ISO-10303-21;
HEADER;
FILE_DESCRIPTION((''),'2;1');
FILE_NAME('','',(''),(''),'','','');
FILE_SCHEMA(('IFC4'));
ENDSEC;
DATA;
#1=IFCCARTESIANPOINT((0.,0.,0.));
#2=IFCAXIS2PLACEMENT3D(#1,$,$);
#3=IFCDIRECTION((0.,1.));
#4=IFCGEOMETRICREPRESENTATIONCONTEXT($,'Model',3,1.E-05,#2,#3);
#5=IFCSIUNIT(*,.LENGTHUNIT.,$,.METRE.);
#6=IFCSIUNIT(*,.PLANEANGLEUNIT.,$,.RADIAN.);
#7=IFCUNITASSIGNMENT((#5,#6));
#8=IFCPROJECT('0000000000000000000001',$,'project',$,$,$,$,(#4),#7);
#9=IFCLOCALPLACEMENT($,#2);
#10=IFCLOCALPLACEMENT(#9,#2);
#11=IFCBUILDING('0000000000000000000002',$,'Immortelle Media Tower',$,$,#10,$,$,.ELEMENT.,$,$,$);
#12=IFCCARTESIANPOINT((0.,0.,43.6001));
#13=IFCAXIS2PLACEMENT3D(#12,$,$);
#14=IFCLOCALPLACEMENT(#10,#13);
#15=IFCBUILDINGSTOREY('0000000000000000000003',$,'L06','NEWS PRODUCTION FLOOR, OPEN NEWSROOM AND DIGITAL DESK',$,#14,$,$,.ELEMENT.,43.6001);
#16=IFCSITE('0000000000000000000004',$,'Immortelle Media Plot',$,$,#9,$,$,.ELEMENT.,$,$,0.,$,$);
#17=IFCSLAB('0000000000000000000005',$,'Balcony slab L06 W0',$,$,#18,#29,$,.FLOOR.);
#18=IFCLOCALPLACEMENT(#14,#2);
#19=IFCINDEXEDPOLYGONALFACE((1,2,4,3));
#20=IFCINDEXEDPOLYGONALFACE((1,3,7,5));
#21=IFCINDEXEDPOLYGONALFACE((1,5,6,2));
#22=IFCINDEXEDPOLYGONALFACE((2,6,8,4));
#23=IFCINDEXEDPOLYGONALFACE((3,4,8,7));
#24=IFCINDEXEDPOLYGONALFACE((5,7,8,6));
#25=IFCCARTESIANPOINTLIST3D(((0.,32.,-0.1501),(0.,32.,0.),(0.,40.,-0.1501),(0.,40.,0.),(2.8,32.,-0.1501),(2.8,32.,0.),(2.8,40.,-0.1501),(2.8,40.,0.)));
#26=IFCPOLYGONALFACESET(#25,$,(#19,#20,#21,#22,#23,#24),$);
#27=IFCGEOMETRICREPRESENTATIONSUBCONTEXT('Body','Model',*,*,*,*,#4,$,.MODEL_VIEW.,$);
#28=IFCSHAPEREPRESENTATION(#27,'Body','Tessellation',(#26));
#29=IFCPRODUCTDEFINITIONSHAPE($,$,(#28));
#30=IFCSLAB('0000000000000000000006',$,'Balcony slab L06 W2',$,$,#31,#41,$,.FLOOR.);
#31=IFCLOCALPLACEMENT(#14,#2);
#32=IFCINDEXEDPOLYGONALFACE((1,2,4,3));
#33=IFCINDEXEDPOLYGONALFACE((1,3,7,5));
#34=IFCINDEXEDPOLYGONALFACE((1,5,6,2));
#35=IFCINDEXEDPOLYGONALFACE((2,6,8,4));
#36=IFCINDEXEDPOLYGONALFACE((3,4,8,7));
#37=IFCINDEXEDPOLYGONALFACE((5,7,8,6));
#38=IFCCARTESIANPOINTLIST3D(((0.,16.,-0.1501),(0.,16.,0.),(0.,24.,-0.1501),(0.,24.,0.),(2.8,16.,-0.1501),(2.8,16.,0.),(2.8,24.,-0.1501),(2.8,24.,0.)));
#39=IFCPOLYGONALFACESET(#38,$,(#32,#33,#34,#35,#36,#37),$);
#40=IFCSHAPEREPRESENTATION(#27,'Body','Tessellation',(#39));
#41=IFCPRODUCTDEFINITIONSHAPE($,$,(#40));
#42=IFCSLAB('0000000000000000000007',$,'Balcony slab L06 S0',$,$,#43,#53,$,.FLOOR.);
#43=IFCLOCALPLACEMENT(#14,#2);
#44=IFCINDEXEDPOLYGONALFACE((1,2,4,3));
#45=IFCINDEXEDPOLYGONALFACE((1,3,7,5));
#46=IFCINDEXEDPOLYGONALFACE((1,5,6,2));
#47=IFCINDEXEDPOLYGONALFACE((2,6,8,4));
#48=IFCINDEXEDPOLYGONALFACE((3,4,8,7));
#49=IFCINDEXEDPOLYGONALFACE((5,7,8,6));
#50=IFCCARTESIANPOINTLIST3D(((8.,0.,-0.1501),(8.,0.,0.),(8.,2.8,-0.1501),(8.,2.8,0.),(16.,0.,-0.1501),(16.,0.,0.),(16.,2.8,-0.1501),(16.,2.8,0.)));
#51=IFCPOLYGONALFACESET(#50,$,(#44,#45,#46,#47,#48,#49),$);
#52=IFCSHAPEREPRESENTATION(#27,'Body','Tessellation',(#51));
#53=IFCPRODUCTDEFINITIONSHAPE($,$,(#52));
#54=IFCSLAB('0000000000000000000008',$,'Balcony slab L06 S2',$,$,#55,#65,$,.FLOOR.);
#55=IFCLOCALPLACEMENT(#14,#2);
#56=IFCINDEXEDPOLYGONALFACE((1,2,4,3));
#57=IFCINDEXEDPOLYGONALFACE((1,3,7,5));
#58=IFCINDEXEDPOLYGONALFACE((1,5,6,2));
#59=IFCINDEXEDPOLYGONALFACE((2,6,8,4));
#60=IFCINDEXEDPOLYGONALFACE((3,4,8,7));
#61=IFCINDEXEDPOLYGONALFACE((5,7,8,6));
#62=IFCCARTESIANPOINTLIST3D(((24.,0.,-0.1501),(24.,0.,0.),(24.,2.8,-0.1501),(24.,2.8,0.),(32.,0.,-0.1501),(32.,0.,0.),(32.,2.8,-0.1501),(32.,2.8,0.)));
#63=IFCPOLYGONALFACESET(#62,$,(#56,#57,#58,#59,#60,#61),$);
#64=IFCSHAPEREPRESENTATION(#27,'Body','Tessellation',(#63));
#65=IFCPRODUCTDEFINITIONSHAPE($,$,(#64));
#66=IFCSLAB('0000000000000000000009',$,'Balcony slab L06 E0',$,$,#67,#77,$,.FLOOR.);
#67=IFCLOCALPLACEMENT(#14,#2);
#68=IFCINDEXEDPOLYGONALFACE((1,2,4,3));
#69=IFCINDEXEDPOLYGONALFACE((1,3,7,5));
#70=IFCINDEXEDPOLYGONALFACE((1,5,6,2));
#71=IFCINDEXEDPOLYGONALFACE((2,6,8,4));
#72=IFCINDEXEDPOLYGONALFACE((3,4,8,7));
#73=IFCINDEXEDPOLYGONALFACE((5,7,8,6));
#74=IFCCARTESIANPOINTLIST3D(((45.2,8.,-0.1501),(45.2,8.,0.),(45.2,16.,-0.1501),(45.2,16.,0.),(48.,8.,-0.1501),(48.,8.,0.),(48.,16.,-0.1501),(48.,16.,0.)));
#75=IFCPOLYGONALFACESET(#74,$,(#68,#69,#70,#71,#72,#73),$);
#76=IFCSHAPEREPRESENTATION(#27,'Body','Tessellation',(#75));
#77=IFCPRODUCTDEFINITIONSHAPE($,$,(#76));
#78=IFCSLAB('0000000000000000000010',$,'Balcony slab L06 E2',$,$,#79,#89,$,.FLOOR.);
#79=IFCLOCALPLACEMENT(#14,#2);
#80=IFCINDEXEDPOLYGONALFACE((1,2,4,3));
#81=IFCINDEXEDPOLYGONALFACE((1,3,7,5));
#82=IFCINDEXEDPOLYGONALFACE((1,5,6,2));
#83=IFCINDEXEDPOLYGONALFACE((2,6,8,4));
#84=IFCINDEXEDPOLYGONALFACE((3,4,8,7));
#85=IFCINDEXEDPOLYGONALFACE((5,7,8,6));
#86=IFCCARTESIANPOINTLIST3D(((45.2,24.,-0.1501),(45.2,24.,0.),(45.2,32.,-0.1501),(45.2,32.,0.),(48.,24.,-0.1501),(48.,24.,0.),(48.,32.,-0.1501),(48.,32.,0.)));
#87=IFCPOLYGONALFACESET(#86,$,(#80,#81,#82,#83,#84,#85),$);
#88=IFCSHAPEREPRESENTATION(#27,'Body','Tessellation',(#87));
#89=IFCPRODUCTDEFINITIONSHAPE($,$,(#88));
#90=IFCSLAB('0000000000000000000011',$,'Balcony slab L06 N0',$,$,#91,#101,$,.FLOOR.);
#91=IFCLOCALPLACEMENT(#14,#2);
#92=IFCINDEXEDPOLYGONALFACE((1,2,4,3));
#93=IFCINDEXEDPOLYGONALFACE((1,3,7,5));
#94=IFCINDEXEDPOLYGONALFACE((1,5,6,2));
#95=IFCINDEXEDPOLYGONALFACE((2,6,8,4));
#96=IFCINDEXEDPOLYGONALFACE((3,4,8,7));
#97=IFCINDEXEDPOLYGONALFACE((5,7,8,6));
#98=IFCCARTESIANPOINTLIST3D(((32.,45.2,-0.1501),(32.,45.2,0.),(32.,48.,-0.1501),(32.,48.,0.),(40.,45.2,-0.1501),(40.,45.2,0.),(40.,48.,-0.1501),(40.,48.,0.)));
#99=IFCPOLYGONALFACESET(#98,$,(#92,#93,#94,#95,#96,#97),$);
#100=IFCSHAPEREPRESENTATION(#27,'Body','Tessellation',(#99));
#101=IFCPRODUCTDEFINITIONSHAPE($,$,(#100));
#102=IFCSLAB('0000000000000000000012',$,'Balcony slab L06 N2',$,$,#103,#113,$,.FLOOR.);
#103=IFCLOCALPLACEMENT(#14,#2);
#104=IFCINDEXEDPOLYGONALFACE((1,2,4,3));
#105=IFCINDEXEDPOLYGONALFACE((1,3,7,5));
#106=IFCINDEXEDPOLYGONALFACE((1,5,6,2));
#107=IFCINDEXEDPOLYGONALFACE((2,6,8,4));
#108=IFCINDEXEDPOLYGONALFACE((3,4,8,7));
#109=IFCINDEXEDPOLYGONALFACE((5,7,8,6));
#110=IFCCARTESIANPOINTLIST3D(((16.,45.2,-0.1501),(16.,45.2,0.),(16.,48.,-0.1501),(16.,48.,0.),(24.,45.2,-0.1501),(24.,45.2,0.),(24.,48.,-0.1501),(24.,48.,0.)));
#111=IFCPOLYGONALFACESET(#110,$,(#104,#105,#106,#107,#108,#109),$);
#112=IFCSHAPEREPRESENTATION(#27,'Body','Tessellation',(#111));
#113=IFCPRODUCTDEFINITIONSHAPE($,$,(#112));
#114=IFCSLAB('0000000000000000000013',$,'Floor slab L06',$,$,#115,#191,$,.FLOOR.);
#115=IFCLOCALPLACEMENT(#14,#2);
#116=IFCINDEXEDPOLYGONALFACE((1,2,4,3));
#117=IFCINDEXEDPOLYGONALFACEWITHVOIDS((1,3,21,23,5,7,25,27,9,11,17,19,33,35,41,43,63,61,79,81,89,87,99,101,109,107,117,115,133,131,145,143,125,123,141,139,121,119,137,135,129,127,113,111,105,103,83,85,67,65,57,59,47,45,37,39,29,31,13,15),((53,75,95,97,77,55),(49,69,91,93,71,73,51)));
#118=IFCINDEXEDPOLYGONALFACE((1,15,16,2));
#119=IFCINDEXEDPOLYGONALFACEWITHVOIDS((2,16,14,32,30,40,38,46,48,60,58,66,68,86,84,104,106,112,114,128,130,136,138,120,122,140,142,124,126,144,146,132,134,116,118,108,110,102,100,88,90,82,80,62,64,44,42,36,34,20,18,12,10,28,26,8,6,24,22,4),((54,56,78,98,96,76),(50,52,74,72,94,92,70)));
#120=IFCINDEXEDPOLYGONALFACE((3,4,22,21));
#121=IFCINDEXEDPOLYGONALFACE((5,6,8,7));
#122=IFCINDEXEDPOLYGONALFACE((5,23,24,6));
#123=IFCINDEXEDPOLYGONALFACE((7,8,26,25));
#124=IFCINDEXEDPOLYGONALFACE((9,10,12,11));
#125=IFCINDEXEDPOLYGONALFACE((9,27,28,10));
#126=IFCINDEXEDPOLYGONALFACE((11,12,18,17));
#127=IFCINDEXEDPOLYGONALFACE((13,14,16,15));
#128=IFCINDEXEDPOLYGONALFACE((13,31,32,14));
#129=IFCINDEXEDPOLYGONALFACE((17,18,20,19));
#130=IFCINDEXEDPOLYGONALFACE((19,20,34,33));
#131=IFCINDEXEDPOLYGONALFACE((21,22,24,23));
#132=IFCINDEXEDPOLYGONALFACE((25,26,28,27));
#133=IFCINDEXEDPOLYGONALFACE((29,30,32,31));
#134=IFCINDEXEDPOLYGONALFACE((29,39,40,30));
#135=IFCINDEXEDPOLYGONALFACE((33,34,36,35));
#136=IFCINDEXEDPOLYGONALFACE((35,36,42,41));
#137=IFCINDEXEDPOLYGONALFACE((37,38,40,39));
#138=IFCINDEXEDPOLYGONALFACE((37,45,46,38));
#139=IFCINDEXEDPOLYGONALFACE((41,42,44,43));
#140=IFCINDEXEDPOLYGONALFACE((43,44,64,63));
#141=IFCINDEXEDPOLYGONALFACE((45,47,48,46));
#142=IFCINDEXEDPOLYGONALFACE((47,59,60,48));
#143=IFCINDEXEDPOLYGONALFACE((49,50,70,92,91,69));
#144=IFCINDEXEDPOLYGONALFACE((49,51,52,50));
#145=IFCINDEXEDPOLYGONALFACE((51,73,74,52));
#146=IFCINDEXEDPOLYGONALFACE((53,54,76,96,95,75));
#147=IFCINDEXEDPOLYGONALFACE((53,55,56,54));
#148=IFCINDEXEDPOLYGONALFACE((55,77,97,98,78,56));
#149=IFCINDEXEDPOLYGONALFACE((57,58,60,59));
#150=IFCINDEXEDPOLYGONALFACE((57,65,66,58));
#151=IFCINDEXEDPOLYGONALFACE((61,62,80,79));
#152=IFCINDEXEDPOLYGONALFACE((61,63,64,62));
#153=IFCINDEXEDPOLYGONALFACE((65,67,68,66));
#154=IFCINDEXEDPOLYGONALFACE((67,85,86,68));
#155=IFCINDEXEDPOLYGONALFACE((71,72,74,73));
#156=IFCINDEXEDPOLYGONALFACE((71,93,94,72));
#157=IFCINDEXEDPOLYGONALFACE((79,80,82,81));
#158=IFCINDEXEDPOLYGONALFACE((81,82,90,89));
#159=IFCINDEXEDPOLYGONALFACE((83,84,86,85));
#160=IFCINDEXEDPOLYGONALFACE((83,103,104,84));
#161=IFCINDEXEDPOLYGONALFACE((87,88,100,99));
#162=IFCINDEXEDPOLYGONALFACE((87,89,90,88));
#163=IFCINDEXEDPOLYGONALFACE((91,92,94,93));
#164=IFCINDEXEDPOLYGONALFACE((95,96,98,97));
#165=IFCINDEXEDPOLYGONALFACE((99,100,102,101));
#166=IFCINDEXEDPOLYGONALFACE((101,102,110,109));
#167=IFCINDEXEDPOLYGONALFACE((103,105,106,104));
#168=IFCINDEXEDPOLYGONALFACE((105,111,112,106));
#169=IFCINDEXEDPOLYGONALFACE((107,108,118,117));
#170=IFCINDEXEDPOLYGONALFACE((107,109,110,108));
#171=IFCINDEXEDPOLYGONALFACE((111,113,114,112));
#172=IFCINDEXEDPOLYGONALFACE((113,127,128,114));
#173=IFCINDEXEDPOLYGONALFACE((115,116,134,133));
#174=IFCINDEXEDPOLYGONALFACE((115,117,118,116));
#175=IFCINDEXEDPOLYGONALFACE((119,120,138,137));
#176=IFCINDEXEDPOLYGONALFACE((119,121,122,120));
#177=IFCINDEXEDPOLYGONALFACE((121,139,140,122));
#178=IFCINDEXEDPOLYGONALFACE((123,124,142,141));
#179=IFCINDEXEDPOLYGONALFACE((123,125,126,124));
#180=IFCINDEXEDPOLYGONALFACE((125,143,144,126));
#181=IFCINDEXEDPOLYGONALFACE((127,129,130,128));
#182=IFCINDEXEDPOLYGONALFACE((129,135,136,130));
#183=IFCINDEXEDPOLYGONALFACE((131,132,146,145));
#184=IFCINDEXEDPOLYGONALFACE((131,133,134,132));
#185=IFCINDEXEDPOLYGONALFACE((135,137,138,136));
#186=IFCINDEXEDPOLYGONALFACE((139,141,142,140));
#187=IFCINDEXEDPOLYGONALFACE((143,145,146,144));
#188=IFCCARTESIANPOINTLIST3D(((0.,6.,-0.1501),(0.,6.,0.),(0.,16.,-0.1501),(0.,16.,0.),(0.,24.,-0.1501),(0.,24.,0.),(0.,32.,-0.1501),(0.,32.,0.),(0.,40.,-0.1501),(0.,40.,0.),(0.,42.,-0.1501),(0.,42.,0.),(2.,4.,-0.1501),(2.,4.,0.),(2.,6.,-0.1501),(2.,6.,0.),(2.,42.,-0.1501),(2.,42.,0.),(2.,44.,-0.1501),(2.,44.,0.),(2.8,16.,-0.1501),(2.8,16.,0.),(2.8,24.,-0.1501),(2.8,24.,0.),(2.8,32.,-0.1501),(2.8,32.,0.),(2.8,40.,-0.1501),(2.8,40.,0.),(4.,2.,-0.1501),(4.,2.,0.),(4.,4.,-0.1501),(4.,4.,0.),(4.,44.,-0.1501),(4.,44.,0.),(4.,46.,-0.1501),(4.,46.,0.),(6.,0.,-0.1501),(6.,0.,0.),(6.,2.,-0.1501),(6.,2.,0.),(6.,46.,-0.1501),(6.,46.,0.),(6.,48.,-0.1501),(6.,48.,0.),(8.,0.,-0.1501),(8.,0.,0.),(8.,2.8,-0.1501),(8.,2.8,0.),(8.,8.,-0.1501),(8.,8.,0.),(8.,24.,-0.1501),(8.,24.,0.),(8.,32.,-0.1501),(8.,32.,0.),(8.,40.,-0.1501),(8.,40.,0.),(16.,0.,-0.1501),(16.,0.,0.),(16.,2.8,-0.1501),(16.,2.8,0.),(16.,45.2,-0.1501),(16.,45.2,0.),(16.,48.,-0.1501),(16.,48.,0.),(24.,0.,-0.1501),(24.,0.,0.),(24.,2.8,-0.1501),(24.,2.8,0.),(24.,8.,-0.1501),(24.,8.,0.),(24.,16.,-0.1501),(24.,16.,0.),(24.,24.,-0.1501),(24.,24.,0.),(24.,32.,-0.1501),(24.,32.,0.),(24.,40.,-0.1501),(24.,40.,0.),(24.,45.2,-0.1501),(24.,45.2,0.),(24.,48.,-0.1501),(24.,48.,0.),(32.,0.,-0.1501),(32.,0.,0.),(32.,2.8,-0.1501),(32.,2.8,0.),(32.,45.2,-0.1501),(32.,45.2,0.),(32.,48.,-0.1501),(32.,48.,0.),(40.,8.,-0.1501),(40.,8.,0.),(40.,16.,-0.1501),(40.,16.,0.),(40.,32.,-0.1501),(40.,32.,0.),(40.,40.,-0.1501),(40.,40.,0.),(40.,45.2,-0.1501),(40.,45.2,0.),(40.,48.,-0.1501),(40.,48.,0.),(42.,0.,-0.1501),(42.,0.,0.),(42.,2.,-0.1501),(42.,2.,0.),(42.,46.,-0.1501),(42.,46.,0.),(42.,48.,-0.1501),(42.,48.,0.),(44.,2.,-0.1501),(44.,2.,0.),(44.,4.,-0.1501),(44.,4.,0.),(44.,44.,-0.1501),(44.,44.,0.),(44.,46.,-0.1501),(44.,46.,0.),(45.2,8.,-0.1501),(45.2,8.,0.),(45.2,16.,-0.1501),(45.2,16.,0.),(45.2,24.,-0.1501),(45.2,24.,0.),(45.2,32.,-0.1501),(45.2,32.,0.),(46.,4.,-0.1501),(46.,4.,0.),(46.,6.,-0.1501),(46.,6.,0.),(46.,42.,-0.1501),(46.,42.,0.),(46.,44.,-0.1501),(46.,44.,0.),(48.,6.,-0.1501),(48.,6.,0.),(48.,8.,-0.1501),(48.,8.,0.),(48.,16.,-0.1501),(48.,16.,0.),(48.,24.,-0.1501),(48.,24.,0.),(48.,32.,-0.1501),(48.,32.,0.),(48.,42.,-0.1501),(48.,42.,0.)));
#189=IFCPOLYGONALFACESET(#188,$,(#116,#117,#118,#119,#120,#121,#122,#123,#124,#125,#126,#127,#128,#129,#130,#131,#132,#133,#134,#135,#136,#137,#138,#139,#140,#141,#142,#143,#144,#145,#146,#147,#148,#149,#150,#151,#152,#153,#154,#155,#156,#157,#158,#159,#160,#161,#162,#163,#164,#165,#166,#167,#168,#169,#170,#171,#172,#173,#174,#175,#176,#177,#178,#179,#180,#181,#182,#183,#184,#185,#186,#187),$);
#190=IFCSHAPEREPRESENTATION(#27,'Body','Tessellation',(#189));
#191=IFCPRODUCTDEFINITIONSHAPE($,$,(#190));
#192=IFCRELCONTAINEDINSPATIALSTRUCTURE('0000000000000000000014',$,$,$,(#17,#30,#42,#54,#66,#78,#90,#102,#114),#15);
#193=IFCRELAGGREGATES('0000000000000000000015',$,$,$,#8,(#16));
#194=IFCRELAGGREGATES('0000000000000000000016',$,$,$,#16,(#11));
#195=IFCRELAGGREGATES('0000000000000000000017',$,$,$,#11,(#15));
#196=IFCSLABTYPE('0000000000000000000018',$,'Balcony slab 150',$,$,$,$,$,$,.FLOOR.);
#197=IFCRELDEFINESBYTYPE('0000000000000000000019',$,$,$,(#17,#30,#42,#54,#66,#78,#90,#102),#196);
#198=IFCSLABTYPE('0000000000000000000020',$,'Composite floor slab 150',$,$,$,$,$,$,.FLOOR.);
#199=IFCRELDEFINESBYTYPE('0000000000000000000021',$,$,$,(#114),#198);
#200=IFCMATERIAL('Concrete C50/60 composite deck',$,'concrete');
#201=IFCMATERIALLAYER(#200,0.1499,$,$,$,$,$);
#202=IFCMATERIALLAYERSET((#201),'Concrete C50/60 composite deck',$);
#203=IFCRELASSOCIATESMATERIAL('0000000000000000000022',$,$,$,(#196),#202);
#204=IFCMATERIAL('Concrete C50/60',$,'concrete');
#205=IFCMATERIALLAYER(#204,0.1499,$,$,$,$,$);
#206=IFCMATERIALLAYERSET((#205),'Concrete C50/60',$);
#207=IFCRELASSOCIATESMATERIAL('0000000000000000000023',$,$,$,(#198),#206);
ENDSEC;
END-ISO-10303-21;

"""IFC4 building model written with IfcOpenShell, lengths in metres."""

from ifc_helpers import new_model, si_unit, direction, frame, origin, place, context, subcontext, project, spatial, polyline, outline, extrude, material, layer, layer_set, type_object, element, save


model = new_model("IFC4")

# Units and contexts
model_context = context("Model", 3, precision=1e-05, world=origin(), true_north=direction((0.0, 1.0)))
body_context = subcontext(model_context, "Body", "Model", "MODEL_VIEW")
ifc_project = project(units=[si_unit("LENGTHUNIT", "METRE"), si_unit("PLANEANGLEUNIT", "RADIAN")], contexts=[model_context])

# Site, building, storey
site_placement = place(None, origin())
site = spatial("IfcSite", under=ifc_project, at=site_placement, Name="Immortelle Media Plot", CompositionType="ELEMENT", RefElevation=0.0)
building_placement = place(site_placement, origin())
building = spatial("IfcBuilding", under=site, at=building_placement, Name="Immortelle Media Tower", CompositionType="ELEMENT")
storey_placement = place(building_placement, frame((0.0, 0.0, 43.6001)))
storey = spatial("IfcBuildingStorey", under=building, at=storey_placement, Name="L06", Description="NEWS PRODUCTION FLOOR, OPEN NEWSROOM AND DIGITAL DESK", CompositionType="ELEMENT", Elevation=43.6001)

# Slabs
ifc_material_1 = material(Name="Concrete C50/60 composite deck", Category="concrete")
ifc_layer_1 = layer(ifc_material_1, 0.1499)
ifc_layer_set_1 = layer_set([ifc_layer_1], Name="Concrete C50/60 composite deck")
slab_type_1 = type_object("IfcSlabType", Name="Balcony slab 150", PredefinedType="FLOOR", material=ifc_layer_set_1)
slab_1_placement = place(storey_placement, frame((0.0, 0.0, -0.1501)))
element("IfcSlab", 1, at=slab_1_placement, inside=storey, type_object=slab_type_1, Name="Balcony slab L06 W0", PredefinedType="FLOOR", context=body_context, shape_type="SweptSolid", body=[
    extrude(outline(polyline([(2.8, 32.0), (2.8, 40.0), (0.0, 40.0), (0.0, 32.0), (2.8, 32.0)])), origin(), (0.0, 0.0, 1.0), 0.1501),
])
slab_2_placement = place(storey_placement, frame((0.0, 0.0, -0.1501)))
element("IfcSlab", 2, at=slab_2_placement, inside=storey, type_object=slab_type_1, Name="Balcony slab L06 W2", PredefinedType="FLOOR", context=body_context, shape_type="SweptSolid", body=[
    extrude(outline(polyline([(2.8, 16.0), (2.8, 24.0), (0.0, 24.0), (0.0, 16.0), (2.8, 16.0)])), origin(), (0.0, 0.0, 1.0), 0.1501),
])
slab_3_placement = place(storey_placement, frame((0.0, 0.0, -0.1501)))
element("IfcSlab", 3, at=slab_3_placement, inside=storey, type_object=slab_type_1, Name="Balcony slab L06 S0", PredefinedType="FLOOR", context=body_context, shape_type="SweptSolid", body=[
    extrude(outline(polyline([(16.0, 0.0), (16.0, 2.8), (8.0, 2.8), (8.0, 0.0), (16.0, 0.0)])), origin(), (0.0, 0.0, 1.0), 0.1501),
])
slab_4_placement = place(storey_placement, frame((0.0, 0.0, -0.1501)))
element("IfcSlab", 4, at=slab_4_placement, inside=storey, type_object=slab_type_1, Name="Balcony slab L06 S2", PredefinedType="FLOOR", context=body_context, shape_type="SweptSolid", body=[
    extrude(outline(polyline([(32.0, 0.0), (32.0, 2.8), (24.0, 2.8), (24.0, 0.0), (32.0, 0.0)])), origin(), (0.0, 0.0, 1.0), 0.1501),
])
slab_5_placement = place(storey_placement, frame((0.0, 0.0, -0.1501)))
element("IfcSlab", 5, at=slab_5_placement, inside=storey, type_object=slab_type_1, Name="Balcony slab L06 E0", PredefinedType="FLOOR", context=body_context, shape_type="SweptSolid", body=[
    extrude(outline(polyline([(48.0, 8.0), (48.0, 16.0), (45.2, 16.0), (45.2, 8.0), (48.0, 8.0)])), origin(), (0.0, 0.0, 1.0), 0.1501),
])
slab_6_placement = place(storey_placement, frame((0.0, 0.0, -0.1501)))
element("IfcSlab", 6, at=slab_6_placement, inside=storey, type_object=slab_type_1, Name="Balcony slab L06 E2", PredefinedType="FLOOR", context=body_context, shape_type="SweptSolid", body=[
    extrude(outline(polyline([(48.0, 24.0), (48.0, 32.0), (45.2, 32.0), (45.2, 24.0), (48.0, 24.0)])), origin(), (0.0, 0.0, 1.0), 0.1501),
])
slab_7_placement = place(storey_placement, frame((0.0, 0.0, -0.1501)))
element("IfcSlab", 7, at=slab_7_placement, inside=storey, type_object=slab_type_1, Name="Balcony slab L06 N0", PredefinedType="FLOOR", context=body_context, shape_type="SweptSolid", body=[
    extrude(outline(polyline([(40.0, 45.2), (40.0, 48.0), (32.0, 48.0), (32.0, 45.2), (40.0, 45.2)])), origin(), (0.0, 0.0, 1.0), 0.1501),
])
slab_8_placement = place(storey_placement, frame((0.0, 0.0, -0.1501)))
element("IfcSlab", 8, at=slab_8_placement, inside=storey, type_object=slab_type_1, Name="Balcony slab L06 N2", PredefinedType="FLOOR", context=body_context, shape_type="SweptSolid", body=[
    extrude(outline(polyline([(24.0, 45.2), (24.0, 48.0), (16.0, 48.0), (16.0, 45.2), (24.0, 45.2)])), origin(), (0.0, 0.0, 1.0), 0.1501),
])
ifc_material_2 = material(Name="Concrete C50/60", Category="concrete")
ifc_layer_2 = layer(ifc_material_2, 0.1499)
ifc_layer_set_2 = layer_set([ifc_layer_2], Name="Concrete C50/60")
slab_type_2 = type_object("IfcSlabType", Name="Composite floor slab 150", PredefinedType="FLOOR", material=ifc_layer_set_2)
slab_9_placement = place(storey_placement, frame((0.0, 0.0, -0.1501)))
element("IfcSlab", 9, at=slab_9_placement, inside=storey, type_object=slab_type_2, Name="Floor slab L06", PredefinedType="FLOOR", context=body_context, shape_type="SweptSolid", body=[
    extrude(outline(polyline([(6.0, 0.0), (6.0, 2.0), (4.0, 2.0), (4.0, 4.0), (2.0, 4.0), (2.0, 6.0), (0.0, 6.0), (0.0, 16.0), (2.8, 16.0), (2.8, 24.0), (0.0, 24.0), (0.0, 32.0), (2.8, 32.0), (2.8, 40.0), (0.0, 40.0), (0.0, 42.0), (2.0, 42.0), (2.0, 44.0), (4.0, 44.0), (4.0, 46.0), (6.0, 46.0), (6.0, 48.0), (16.0, 48.0), (16.0, 45.2), (24.0, 45.2), (24.0, 48.0), (32.0, 48.0), (32.0, 45.2), (40.0, 45.2), (40.0, 48.0), (42.0, 48.0), (42.0, 46.0), (44.0, 46.0), (44.0, 44.0), (46.0, 44.0), (46.0, 42.0), (48.0, 42.0), (48.0, 32.0), (45.2, 32.0), (45.2, 24.0), (48.0, 24.0), (48.0, 16.0), (45.2, 16.0), (45.2, 8.0), (48.0, 8.0), (48.0, 6.0), (46.0, 6.0), (46.0, 4.0), (44.0, 4.0), (44.0, 2.0), (42.0, 2.0), (42.0, 0.0), (32.0, 0.0), (32.0, 2.8), (24.0, 2.8), (24.0, 0.0), (16.0, 0.0), (16.0, 2.8), (8.0, 2.8), (8.0, 0.0), (6.0, 0.0)]), holes=[polyline([(24.0, 24.0), (8.0, 24.0), (8.0, 8.0), (24.0, 8.0), (40.0, 8.0), (40.0, 16.0), (24.0, 16.0), (24.0, 24.0)]), polyline([(24.0, 32.0), (40.0, 32.0), (40.0, 40.0), (24.0, 40.0), (8.0, 40.0), (8.0, 32.0), (24.0, 32.0)])]), origin(), (0.0, 0.0, 1.0), 0.1501),
])

save(model, "model.ifc")
